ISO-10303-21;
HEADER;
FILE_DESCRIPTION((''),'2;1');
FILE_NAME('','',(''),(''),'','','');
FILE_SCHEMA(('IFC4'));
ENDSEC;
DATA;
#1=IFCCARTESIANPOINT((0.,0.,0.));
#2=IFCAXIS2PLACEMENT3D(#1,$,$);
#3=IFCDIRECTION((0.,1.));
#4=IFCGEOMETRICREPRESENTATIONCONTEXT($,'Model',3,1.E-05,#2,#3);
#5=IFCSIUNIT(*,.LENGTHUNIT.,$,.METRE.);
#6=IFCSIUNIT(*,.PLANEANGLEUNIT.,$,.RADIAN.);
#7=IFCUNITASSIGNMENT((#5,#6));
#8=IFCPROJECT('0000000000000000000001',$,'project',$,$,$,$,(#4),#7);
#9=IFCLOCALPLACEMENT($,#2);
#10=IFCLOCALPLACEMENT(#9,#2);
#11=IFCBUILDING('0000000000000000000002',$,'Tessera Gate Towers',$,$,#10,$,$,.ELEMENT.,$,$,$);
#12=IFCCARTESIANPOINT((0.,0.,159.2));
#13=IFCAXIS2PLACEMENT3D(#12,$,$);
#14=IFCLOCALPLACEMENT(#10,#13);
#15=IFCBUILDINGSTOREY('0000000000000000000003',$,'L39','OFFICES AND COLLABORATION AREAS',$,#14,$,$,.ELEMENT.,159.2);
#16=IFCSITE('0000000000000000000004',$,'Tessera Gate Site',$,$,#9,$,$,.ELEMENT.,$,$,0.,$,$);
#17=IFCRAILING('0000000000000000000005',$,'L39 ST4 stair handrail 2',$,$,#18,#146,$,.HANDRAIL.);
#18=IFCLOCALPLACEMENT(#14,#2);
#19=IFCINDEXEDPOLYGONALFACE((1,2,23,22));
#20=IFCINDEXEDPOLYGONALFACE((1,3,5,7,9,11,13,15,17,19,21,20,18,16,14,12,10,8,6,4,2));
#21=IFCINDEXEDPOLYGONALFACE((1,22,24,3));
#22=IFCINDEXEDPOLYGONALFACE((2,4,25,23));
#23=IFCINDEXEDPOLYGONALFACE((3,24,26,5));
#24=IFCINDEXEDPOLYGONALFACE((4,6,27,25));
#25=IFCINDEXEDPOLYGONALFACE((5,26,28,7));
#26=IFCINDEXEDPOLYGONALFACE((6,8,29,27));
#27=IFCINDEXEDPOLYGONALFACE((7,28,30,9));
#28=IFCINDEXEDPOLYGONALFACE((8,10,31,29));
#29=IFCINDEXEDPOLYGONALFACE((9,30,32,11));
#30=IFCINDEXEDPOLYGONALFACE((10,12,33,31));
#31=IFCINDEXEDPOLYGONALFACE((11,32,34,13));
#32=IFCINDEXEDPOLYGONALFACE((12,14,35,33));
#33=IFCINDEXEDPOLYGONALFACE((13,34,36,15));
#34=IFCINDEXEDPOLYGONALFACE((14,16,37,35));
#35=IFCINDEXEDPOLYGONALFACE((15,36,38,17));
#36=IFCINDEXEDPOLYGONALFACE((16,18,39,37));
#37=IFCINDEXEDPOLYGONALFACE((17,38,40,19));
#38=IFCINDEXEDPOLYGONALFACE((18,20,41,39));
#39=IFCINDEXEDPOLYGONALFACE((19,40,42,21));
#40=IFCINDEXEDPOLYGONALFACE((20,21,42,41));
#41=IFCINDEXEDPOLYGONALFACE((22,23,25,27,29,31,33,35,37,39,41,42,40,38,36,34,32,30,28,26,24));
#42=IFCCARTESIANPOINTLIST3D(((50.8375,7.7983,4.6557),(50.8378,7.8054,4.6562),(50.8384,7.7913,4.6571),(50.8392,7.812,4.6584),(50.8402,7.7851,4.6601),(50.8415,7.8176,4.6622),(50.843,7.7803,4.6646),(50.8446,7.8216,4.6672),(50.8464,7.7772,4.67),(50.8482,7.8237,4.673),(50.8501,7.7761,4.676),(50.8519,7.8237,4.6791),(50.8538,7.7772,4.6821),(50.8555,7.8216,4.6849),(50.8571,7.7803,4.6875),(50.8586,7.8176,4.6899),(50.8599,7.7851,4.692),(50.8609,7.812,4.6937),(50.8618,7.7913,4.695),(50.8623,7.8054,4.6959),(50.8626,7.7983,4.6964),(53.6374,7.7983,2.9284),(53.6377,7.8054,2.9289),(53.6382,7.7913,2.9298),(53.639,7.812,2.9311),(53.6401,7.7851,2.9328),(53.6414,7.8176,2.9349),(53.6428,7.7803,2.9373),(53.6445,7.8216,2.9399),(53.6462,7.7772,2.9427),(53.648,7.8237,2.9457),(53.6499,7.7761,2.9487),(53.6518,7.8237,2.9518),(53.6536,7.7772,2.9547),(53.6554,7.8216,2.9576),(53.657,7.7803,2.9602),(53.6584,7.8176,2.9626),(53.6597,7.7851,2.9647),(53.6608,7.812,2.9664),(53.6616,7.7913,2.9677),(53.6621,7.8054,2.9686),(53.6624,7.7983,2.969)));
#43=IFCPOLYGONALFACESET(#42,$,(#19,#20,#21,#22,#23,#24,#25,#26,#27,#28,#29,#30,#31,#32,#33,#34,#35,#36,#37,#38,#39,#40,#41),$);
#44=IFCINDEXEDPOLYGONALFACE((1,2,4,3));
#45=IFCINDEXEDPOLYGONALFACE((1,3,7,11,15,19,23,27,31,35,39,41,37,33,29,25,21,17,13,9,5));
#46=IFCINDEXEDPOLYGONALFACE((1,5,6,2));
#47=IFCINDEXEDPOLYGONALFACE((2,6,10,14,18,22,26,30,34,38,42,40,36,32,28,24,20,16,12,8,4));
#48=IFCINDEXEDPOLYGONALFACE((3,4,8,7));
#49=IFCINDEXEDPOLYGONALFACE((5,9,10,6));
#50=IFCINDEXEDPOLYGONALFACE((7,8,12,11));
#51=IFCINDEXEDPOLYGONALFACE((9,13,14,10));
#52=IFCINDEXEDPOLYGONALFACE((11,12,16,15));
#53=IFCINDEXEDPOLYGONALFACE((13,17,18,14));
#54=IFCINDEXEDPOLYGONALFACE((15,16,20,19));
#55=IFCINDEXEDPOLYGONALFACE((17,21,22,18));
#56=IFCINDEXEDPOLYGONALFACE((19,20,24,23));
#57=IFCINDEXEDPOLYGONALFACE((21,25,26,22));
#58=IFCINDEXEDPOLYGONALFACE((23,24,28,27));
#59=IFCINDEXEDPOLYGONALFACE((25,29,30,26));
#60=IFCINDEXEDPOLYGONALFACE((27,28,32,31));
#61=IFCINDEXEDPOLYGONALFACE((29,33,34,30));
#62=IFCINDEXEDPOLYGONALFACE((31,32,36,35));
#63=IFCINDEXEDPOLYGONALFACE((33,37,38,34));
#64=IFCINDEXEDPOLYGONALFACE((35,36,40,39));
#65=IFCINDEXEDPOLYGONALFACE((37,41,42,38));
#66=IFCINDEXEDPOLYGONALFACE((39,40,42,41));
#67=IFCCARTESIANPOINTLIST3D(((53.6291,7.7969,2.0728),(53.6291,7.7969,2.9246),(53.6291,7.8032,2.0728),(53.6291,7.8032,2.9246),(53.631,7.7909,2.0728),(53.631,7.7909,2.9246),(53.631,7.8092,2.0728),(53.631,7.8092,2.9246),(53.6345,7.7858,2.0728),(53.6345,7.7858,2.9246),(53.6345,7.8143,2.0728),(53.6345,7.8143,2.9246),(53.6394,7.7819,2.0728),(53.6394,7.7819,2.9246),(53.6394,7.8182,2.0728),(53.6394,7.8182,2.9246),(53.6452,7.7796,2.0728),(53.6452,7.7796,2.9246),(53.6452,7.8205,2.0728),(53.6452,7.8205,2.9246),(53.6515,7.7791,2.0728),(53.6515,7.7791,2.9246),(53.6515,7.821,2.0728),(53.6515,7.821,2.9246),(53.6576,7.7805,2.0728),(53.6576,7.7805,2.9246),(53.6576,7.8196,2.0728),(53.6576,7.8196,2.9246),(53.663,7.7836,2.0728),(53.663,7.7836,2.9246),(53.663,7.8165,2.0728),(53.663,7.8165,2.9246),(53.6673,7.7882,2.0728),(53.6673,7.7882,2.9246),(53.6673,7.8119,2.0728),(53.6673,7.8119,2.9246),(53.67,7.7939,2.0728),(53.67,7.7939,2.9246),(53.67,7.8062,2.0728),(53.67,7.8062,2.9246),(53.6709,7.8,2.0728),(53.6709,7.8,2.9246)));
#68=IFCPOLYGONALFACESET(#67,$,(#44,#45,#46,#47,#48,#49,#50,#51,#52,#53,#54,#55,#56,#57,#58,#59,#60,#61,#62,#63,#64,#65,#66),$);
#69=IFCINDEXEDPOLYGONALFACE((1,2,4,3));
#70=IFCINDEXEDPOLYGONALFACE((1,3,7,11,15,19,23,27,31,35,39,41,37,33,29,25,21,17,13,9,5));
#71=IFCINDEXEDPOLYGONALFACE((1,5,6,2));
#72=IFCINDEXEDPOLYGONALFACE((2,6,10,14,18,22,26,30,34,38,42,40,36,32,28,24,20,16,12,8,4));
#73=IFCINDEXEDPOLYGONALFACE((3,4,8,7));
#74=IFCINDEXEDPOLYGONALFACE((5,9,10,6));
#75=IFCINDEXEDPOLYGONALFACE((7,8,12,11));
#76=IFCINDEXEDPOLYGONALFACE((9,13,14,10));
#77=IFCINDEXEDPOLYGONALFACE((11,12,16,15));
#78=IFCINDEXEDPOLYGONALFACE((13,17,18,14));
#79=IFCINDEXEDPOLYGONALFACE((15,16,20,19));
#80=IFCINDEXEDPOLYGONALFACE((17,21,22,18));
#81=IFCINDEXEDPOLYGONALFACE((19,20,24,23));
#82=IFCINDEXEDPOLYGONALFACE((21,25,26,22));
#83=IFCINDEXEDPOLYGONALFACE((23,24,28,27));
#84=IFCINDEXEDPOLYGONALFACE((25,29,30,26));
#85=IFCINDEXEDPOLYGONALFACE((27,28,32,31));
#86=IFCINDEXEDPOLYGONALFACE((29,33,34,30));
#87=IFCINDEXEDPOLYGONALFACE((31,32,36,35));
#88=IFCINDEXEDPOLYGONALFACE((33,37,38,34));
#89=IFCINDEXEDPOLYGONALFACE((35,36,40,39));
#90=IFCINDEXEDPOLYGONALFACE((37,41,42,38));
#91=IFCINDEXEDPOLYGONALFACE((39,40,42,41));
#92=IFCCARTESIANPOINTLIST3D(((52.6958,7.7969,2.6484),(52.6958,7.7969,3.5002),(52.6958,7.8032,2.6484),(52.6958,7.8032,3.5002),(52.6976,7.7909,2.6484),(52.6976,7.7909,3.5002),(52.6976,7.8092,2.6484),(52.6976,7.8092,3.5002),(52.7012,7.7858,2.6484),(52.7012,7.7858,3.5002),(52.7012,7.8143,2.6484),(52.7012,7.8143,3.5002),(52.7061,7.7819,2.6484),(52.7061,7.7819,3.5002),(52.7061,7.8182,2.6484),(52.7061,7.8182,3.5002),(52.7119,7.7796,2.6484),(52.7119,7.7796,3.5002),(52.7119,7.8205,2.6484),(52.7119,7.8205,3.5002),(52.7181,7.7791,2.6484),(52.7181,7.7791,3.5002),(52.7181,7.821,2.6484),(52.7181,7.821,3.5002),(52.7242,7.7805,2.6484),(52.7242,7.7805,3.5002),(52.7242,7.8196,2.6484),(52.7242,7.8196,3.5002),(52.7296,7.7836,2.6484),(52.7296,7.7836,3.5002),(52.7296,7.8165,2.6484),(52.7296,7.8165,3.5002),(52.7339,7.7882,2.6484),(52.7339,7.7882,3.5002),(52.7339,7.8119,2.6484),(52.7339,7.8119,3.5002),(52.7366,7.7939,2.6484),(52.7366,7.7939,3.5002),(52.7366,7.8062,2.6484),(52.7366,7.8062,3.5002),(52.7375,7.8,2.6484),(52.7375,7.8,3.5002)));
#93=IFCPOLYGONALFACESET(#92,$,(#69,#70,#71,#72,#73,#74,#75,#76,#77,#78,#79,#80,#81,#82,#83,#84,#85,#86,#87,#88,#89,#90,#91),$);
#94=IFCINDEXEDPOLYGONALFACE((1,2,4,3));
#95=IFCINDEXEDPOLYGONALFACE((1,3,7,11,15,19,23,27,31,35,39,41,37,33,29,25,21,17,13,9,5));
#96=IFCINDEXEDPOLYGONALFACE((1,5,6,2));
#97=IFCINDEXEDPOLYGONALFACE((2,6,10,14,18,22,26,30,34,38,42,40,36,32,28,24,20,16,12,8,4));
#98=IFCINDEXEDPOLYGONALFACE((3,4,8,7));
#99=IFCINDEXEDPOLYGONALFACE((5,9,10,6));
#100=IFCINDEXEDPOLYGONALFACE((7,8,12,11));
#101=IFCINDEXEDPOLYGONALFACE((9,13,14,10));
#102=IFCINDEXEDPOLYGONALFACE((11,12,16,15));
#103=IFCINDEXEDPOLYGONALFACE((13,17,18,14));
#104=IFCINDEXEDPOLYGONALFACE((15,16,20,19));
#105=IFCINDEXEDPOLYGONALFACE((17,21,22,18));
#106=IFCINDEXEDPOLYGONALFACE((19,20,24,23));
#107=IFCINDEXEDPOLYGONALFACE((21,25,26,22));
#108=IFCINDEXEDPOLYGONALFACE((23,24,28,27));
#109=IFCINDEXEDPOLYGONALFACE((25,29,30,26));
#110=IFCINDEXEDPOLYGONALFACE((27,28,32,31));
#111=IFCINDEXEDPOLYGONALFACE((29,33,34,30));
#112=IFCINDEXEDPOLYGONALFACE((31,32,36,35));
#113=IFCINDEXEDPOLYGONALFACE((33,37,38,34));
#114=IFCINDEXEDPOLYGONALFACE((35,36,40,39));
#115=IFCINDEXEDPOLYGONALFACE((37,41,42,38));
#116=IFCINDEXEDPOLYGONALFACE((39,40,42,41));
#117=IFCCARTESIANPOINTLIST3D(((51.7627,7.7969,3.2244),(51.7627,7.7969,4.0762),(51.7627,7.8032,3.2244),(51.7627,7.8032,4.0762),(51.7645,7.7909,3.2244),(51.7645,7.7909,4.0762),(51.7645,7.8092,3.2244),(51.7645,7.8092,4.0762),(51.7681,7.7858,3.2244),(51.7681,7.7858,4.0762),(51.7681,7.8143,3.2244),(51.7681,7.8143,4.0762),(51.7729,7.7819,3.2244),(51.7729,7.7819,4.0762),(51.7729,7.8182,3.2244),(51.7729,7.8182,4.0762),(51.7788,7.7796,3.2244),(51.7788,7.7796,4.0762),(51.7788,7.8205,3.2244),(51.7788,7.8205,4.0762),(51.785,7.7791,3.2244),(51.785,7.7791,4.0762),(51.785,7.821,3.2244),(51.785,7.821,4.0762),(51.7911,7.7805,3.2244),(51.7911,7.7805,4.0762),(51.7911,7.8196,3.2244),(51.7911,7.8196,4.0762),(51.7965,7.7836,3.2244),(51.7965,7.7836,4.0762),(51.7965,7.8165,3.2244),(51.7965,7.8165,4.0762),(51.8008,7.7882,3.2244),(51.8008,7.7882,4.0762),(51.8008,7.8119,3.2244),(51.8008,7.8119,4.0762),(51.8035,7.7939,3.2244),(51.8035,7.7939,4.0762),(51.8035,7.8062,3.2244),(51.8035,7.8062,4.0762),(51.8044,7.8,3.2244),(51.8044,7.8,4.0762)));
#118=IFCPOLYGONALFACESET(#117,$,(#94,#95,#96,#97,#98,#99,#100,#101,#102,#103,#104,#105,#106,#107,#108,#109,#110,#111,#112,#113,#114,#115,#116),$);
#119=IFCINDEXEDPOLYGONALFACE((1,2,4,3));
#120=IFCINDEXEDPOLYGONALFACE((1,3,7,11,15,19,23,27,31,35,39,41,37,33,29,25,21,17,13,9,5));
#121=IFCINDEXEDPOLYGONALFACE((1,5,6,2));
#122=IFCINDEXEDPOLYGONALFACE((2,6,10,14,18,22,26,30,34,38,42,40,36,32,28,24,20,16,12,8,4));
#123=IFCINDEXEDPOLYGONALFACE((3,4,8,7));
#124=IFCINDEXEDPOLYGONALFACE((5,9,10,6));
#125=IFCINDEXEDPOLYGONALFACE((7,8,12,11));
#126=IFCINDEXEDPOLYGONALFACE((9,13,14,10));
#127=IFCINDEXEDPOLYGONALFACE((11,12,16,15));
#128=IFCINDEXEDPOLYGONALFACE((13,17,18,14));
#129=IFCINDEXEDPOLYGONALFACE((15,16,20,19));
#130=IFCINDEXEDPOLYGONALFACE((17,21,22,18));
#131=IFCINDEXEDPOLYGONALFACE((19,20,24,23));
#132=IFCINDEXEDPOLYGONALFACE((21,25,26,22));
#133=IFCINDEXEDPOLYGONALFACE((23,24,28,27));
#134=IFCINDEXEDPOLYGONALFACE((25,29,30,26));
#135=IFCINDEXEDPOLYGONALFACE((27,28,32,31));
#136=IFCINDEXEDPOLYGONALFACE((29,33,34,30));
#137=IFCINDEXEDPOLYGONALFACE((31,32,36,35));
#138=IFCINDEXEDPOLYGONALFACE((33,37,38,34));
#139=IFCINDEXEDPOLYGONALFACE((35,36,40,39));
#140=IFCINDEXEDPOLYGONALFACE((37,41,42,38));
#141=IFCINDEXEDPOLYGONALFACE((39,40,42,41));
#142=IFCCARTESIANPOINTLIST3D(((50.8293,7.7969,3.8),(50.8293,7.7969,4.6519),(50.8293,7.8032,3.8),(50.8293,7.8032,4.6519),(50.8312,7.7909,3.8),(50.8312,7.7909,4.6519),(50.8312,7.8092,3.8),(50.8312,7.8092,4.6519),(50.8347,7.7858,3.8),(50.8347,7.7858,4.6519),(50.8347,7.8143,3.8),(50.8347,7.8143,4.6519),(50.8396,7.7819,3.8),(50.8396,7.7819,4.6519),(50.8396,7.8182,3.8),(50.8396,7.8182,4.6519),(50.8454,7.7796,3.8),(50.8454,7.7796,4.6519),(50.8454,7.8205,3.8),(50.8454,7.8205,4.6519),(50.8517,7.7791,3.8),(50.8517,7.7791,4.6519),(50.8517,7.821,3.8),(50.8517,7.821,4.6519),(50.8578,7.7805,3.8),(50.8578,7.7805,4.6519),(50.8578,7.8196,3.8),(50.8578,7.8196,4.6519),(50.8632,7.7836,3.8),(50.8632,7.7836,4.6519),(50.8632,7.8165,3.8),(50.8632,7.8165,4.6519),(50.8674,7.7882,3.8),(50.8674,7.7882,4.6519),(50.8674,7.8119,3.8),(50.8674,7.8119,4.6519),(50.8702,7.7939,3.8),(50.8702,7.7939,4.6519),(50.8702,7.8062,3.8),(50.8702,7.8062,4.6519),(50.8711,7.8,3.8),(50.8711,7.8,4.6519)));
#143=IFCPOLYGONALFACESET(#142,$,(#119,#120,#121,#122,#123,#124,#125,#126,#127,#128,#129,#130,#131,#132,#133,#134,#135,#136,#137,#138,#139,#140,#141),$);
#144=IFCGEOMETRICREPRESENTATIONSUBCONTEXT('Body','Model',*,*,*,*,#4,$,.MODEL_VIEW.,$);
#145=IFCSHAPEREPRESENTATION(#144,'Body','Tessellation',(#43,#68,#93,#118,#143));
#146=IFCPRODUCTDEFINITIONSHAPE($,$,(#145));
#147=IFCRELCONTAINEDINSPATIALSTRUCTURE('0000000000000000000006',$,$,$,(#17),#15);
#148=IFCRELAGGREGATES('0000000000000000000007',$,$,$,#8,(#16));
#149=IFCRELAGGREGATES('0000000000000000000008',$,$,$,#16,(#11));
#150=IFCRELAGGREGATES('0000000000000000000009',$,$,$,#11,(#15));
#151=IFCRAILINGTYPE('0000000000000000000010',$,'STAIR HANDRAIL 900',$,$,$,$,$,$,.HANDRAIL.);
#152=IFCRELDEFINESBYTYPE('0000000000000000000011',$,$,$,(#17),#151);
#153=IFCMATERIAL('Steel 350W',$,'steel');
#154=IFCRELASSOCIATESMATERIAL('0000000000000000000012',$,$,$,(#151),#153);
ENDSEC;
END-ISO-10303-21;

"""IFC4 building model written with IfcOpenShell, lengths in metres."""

from ifc_helpers import new_model, si_unit, direction, frame, origin, origin_2d, place, context, subcontext, project, spatial, circle, extrude, material, type_object, element, save


model = new_model("IFC4")

# Units and contexts
model_context = context("Model", 3, precision=1e-05, world=origin(), true_north=direction((0.0, 1.0)))
body_context = subcontext(model_context, "Body", "Model", "MODEL_VIEW")
ifc_project = project(units=[si_unit("LENGTHUNIT", "METRE"), si_unit("PLANEANGLEUNIT", "RADIAN")], contexts=[model_context])

# Site, building, storey
site_placement = place(None, origin())
site = spatial("IfcSite", under=ifc_project, at=site_placement, Name="Tessera Gate Site", CompositionType="ELEMENT", RefElevation=0.0)
building_placement = place(site_placement, origin())
building = spatial("IfcBuilding", under=site, at=building_placement, Name="Tessera Gate Towers", CompositionType="ELEMENT")
storey_placement = place(building_placement, frame((0.0, 0.0, 159.2)))
storey = spatial("IfcBuildingStorey", under=building, at=storey_placement, Name="L39", Description="OFFICES AND COLLABORATION AREAS", CompositionType="ELEMENT", Elevation=159.2)

# Railing
ifc_material_1 = material(Name="Steel 350W", Category="steel")
railing_type_1 = type_object("IfcRailingType", Name="STAIR HANDRAIL 900", PredefinedType="HANDRAIL", material=ifc_material_1)
railing_1_placement = place(storey_placement, frame((53.6499, 7.8, 2.0728)))
element("IfcRailing", 1, at=railing_1_placement, inside=storey, type_object=railing_type_1, Name="L39 ST4 stair handrail 2", PredefinedType="HANDRAIL", context=body_context, shape_type="SweptSolid", body=[
    extrude(circle(Radius=0.0239, at=origin_2d()), frame((0.0, 0.0, 0.876), z_axis=(-0.851069, 0.0, 0.525054), x_axis=(0.0, -1.0, 0.0)), (0.0, 0.0, 1.0), 3.2898),
    extrude(circle(Radius=0.021, at=origin_2d()), origin(), (0.0, 0.0, 1.0), 0.8518),
    extrude(circle(Radius=0.021, at=origin_2d()), frame((-0.9333, 0.0, 0.5757)), (0.0, 0.0, 1.0), 0.8518),
    extrude(circle(Radius=0.021, at=origin_2d()), frame((-1.8665, 0.0, 1.1516)), (0.0, 0.0, 1.0), 0.8518),
    extrude(circle(Radius=0.021, at=origin_2d()), frame((-2.7998, 0.0, 1.7273)), (0.0, 0.0, 1.0), 0.8518),
])

save(model, "model.ifc")
